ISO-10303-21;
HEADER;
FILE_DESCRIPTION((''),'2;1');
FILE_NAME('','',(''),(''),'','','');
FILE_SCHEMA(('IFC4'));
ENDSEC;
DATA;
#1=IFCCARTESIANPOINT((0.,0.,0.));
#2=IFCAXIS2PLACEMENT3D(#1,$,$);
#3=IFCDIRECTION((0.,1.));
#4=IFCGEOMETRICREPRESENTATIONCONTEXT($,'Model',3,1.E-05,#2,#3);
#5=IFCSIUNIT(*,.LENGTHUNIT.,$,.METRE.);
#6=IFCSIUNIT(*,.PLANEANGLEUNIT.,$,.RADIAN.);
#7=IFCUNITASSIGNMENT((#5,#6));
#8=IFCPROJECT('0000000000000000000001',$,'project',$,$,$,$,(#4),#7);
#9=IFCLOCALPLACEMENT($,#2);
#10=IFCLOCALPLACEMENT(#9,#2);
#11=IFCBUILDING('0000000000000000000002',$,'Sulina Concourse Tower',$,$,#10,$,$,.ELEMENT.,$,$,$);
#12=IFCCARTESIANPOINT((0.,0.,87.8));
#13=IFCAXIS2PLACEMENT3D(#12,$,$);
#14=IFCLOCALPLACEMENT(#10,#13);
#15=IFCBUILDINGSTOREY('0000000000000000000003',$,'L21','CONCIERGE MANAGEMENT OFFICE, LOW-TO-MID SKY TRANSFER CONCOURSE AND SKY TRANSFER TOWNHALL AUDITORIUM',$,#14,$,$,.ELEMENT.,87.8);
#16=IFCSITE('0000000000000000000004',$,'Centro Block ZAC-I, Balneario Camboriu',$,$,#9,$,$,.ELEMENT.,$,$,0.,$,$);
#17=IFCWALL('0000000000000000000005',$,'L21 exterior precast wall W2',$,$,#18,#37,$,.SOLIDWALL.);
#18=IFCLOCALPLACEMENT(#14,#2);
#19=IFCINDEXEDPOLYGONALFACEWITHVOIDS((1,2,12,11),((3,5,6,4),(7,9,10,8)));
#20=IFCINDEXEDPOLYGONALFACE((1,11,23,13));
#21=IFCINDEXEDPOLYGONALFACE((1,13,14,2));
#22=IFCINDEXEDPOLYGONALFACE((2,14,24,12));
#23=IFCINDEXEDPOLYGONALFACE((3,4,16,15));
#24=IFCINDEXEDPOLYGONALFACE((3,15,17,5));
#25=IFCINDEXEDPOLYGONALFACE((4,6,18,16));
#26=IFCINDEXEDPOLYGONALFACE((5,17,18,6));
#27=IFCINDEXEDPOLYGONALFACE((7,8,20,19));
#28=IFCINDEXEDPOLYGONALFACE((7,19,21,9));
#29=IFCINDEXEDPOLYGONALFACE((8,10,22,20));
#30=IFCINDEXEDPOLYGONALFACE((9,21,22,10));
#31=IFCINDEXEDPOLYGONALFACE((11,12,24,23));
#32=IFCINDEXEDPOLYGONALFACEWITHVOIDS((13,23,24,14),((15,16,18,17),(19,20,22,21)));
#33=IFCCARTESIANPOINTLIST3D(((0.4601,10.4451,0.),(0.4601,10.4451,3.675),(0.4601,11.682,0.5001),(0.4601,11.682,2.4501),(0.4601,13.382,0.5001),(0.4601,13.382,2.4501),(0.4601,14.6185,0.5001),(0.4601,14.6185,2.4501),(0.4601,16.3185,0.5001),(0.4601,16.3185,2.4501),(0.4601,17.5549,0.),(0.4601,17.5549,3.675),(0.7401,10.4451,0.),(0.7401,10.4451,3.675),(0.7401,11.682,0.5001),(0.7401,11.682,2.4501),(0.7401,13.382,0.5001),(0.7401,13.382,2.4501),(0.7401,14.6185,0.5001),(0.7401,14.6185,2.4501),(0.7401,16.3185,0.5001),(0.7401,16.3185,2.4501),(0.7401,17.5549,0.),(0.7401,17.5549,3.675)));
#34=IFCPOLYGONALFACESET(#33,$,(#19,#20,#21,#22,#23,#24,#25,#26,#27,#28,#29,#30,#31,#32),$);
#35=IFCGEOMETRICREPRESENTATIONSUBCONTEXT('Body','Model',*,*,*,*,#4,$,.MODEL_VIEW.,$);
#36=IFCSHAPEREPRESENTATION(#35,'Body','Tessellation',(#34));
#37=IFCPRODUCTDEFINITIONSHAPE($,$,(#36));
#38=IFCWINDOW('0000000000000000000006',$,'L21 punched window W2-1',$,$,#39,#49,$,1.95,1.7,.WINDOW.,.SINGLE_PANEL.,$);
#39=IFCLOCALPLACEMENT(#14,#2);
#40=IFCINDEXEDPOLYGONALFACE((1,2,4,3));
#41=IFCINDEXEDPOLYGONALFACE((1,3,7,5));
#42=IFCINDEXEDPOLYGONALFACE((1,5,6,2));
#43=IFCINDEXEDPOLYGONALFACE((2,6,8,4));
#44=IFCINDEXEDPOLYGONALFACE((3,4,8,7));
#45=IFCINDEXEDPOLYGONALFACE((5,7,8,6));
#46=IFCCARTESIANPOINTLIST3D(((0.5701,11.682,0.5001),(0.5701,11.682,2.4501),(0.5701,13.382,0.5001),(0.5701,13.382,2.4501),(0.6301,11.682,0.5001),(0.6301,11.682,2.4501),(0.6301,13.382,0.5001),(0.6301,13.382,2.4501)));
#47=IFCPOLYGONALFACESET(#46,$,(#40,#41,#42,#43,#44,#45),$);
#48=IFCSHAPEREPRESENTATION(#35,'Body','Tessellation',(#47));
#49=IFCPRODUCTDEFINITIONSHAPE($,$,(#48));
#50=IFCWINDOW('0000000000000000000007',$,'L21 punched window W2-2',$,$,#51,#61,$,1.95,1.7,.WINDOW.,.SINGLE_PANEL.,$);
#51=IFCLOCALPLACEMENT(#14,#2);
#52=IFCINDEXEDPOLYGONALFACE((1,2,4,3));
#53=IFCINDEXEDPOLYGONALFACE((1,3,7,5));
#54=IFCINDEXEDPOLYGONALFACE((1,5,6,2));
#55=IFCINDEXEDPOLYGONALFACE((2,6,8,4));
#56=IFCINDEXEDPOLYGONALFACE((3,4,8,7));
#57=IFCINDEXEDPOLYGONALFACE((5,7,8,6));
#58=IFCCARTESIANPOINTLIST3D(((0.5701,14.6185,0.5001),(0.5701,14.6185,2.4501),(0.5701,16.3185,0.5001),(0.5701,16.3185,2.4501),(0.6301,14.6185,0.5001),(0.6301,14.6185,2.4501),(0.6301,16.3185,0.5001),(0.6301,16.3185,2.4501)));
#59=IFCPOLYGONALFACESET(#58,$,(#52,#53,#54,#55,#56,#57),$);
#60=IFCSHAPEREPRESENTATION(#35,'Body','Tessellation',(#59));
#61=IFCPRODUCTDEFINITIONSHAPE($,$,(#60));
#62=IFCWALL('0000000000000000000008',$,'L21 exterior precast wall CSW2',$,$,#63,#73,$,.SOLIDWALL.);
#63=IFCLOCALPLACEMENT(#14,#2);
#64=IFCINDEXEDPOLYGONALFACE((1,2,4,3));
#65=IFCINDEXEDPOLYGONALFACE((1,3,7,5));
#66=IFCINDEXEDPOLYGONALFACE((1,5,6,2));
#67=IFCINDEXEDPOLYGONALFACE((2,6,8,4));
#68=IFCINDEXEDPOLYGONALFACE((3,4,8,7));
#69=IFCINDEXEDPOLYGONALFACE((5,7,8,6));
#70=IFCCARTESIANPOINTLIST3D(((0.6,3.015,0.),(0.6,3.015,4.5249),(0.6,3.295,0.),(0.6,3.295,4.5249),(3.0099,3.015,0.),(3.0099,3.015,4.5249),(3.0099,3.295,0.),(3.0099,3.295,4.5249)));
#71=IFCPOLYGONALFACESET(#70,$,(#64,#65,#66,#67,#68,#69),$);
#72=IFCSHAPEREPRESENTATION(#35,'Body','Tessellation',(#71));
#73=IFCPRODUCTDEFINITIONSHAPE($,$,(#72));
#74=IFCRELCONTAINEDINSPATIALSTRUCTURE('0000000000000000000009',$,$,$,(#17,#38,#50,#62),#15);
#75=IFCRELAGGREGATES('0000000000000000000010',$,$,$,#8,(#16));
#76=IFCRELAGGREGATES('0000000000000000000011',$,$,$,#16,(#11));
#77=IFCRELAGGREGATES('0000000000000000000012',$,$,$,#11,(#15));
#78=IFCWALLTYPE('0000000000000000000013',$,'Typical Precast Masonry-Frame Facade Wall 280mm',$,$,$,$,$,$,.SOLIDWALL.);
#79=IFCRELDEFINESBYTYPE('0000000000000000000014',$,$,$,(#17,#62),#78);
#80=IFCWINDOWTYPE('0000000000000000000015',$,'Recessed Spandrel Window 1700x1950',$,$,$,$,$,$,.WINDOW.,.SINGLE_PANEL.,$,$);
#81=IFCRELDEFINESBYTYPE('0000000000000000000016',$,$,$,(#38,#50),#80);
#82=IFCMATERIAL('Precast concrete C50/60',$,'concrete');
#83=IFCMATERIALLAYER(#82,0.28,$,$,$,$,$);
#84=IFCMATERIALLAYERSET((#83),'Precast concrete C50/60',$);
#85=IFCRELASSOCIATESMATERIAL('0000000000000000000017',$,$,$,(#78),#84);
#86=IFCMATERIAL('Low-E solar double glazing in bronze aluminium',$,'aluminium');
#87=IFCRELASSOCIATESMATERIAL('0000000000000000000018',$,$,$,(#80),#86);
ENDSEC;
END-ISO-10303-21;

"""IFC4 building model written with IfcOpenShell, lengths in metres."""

from ifc_helpers import new_model, si_unit, direction, frame, frame_2d, origin, place, context, subcontext, project, spatial, rectangle, extrude, material, layer, layer_set, type_object, element, fill, save


model = new_model("IFC4")

# Units and contexts
model_context = context("Model", 3, precision=1e-05, world=origin(), true_north=direction((0.0, 1.0)))
body_context = subcontext(model_context, "Body", "Model", "MODEL_VIEW")
ifc_project = project(units=[si_unit("LENGTHUNIT", "METRE"), si_unit("PLANEANGLEUNIT", "RADIAN")], contexts=[model_context])

# Site, building, storey
site_placement = place(None, origin())
site = spatial("IfcSite", under=ifc_project, at=site_placement, Name="Centro Block ZAC-I, Balneario Camboriu", CompositionType="ELEMENT", RefElevation=0.0)
building_placement = place(site_placement, origin())
building = spatial("IfcBuilding", under=site, at=building_placement, Name="Sulina Concourse Tower", CompositionType="ELEMENT")
storey_placement = place(building_placement, frame((0.0, 0.0, 87.8)))
storey = spatial("IfcBuildingStorey", under=building, at=storey_placement, Name="L21", Description="CONCIERGE MANAGEMENT OFFICE, LOW-TO-MID SKY TRANSFER CONCOURSE AND SKY TRANSFER TOWNHALL AUDITORIUM", CompositionType="ELEMENT", Elevation=87.8)

# Wall, openings, windows
ifc_material_1 = material(Name="Precast concrete C50/60", Category="concrete")
ifc_layer = layer(ifc_material_1, 0.28)
ifc_layer_set = layer_set([ifc_layer], Name="Precast concrete C50/60")
wall_type = type_object("IfcWallType", Name="Typical Precast Masonry-Frame Facade Wall 280mm", PredefinedType="SOLIDWALL", material=ifc_layer_set)
ifc_material_2 = material(Name="Low-E solar double glazing in bronze aluminium", Category="aluminium")
window_type = type_object("IfcWindowType", Name="Recessed Spandrel Window 1700x1950", PartitioningType="SINGLE_PANEL", PredefinedType="WINDOW", material=ifc_material_2)
wall_1_placement = place(storey_placement, frame((0.6001, 10.4451, 0.0), z_axis=(0.0, 0.0, 1.0), x_axis=(0.0, 1.0, 0.0)))
wall_1 = element("IfcWall", 1, at=wall_1_placement, inside=storey, type_object=wall_type, Name="L21 exterior precast wall W2", PredefinedType="SOLIDWALL", context=body_context, shape_type="SweptSolid", body=[
    extrude(rectangle(XDim=7.1099, YDim=0.28, at=frame_2d((3.5549, 0.0))), origin(), (0.0, 0.0, 1.0), 3.675),
])
opening_1_placement = place(wall_1_placement, frame((1.2368, 0.0, 0.5)))
opening_1 = element("IfcOpeningElement", 2, at=opening_1_placement, cuts=wall_1, PredefinedType="OPENING", context=body_context, shape_type="SweptSolid", body=[
    extrude(rectangle(XDim=1.7, YDim=1.95, at=frame_2d((0.8501, 0.9751))), frame((0.0, 0.1499, 0.0), z_axis=(0.0, -1.0, 0.0), x_axis=(1.0, 0.0, 0.0)), (0.0, 0.0, 1.0), 0.3),
])
opening_2_placement = place(wall_1_placement, frame((4.1733, 0.0, 0.5)))
opening_2 = element("IfcOpeningElement", 3, at=opening_2_placement, cuts=wall_1, PredefinedType="OPENING", context=body_context, shape_type="SweptSolid", body=[
    extrude(rectangle(XDim=1.7, YDim=1.95, at=frame_2d((0.8501, 0.9751))), frame((0.0, 0.1499, 0.0), z_axis=(0.0, -1.0, 0.0), x_axis=(1.0, 0.0, 0.0)), (0.0, 0.0, 1.0), 0.3),
])
window_1_placement = place(opening_1_placement, origin())
window_1 = element("IfcWindow", 4, at=window_1_placement, inside=storey, type_object=window_type, Name="L21 punched window W2-1", OverallHeight=1.95, OverallWidth=1.7, PartitioningType="SINGLE_PANEL", PredefinedType="WINDOW", context=body_context, shape_type="SweptSolid", body=[
    extrude(rectangle(XDim=1.7, YDim=1.95, at=frame_2d((0.8501, 0.9751))), frame((0.0, 0.03, 0.0), z_axis=(0.0, -1.0, 0.0), x_axis=(1.0, 0.0, 0.0)), (0.0, 0.0, 1.0), 0.0601),
])
fill(opening_1, window_1)
window_2_placement = place(opening_2_placement, origin())
window_2 = element("IfcWindow", 5, at=window_2_placement, inside=storey, type_object=window_type, Name="L21 punched window W2-2", OverallHeight=1.95, OverallWidth=1.7, PartitioningType="SINGLE_PANEL", PredefinedType="WINDOW", context=body_context, shape_type="SweptSolid", body=[
    extrude(rectangle(XDim=1.7, YDim=1.95, at=frame_2d((0.8501, 0.9751))), frame((0.0, 0.03, 0.0), z_axis=(0.0, -1.0, 0.0), x_axis=(1.0, 0.0, 0.0)), (0.0, 0.0, 1.0), 0.0601),
])
fill(opening_2, window_2)

# Wall
wall_2_placement = place(storey_placement, frame((3.01, 3.155, 0.0), z_axis=(0.0, 0.0, 1.0), x_axis=(-1.0, 0.0, 0.0)))
element("IfcWall", 6, at=wall_2_placement, inside=storey, type_object=wall_type, Name="L21 exterior precast wall CSW2", PredefinedType="SOLIDWALL", context=body_context, shape_type="SweptSolid", body=[
    extrude(rectangle(XDim=2.4099, YDim=0.28, at=frame_2d((1.2051, 0.0))), origin(), (0.0, 0.0, 1.0), 4.5249),
])

save(model, "model.ifc")
